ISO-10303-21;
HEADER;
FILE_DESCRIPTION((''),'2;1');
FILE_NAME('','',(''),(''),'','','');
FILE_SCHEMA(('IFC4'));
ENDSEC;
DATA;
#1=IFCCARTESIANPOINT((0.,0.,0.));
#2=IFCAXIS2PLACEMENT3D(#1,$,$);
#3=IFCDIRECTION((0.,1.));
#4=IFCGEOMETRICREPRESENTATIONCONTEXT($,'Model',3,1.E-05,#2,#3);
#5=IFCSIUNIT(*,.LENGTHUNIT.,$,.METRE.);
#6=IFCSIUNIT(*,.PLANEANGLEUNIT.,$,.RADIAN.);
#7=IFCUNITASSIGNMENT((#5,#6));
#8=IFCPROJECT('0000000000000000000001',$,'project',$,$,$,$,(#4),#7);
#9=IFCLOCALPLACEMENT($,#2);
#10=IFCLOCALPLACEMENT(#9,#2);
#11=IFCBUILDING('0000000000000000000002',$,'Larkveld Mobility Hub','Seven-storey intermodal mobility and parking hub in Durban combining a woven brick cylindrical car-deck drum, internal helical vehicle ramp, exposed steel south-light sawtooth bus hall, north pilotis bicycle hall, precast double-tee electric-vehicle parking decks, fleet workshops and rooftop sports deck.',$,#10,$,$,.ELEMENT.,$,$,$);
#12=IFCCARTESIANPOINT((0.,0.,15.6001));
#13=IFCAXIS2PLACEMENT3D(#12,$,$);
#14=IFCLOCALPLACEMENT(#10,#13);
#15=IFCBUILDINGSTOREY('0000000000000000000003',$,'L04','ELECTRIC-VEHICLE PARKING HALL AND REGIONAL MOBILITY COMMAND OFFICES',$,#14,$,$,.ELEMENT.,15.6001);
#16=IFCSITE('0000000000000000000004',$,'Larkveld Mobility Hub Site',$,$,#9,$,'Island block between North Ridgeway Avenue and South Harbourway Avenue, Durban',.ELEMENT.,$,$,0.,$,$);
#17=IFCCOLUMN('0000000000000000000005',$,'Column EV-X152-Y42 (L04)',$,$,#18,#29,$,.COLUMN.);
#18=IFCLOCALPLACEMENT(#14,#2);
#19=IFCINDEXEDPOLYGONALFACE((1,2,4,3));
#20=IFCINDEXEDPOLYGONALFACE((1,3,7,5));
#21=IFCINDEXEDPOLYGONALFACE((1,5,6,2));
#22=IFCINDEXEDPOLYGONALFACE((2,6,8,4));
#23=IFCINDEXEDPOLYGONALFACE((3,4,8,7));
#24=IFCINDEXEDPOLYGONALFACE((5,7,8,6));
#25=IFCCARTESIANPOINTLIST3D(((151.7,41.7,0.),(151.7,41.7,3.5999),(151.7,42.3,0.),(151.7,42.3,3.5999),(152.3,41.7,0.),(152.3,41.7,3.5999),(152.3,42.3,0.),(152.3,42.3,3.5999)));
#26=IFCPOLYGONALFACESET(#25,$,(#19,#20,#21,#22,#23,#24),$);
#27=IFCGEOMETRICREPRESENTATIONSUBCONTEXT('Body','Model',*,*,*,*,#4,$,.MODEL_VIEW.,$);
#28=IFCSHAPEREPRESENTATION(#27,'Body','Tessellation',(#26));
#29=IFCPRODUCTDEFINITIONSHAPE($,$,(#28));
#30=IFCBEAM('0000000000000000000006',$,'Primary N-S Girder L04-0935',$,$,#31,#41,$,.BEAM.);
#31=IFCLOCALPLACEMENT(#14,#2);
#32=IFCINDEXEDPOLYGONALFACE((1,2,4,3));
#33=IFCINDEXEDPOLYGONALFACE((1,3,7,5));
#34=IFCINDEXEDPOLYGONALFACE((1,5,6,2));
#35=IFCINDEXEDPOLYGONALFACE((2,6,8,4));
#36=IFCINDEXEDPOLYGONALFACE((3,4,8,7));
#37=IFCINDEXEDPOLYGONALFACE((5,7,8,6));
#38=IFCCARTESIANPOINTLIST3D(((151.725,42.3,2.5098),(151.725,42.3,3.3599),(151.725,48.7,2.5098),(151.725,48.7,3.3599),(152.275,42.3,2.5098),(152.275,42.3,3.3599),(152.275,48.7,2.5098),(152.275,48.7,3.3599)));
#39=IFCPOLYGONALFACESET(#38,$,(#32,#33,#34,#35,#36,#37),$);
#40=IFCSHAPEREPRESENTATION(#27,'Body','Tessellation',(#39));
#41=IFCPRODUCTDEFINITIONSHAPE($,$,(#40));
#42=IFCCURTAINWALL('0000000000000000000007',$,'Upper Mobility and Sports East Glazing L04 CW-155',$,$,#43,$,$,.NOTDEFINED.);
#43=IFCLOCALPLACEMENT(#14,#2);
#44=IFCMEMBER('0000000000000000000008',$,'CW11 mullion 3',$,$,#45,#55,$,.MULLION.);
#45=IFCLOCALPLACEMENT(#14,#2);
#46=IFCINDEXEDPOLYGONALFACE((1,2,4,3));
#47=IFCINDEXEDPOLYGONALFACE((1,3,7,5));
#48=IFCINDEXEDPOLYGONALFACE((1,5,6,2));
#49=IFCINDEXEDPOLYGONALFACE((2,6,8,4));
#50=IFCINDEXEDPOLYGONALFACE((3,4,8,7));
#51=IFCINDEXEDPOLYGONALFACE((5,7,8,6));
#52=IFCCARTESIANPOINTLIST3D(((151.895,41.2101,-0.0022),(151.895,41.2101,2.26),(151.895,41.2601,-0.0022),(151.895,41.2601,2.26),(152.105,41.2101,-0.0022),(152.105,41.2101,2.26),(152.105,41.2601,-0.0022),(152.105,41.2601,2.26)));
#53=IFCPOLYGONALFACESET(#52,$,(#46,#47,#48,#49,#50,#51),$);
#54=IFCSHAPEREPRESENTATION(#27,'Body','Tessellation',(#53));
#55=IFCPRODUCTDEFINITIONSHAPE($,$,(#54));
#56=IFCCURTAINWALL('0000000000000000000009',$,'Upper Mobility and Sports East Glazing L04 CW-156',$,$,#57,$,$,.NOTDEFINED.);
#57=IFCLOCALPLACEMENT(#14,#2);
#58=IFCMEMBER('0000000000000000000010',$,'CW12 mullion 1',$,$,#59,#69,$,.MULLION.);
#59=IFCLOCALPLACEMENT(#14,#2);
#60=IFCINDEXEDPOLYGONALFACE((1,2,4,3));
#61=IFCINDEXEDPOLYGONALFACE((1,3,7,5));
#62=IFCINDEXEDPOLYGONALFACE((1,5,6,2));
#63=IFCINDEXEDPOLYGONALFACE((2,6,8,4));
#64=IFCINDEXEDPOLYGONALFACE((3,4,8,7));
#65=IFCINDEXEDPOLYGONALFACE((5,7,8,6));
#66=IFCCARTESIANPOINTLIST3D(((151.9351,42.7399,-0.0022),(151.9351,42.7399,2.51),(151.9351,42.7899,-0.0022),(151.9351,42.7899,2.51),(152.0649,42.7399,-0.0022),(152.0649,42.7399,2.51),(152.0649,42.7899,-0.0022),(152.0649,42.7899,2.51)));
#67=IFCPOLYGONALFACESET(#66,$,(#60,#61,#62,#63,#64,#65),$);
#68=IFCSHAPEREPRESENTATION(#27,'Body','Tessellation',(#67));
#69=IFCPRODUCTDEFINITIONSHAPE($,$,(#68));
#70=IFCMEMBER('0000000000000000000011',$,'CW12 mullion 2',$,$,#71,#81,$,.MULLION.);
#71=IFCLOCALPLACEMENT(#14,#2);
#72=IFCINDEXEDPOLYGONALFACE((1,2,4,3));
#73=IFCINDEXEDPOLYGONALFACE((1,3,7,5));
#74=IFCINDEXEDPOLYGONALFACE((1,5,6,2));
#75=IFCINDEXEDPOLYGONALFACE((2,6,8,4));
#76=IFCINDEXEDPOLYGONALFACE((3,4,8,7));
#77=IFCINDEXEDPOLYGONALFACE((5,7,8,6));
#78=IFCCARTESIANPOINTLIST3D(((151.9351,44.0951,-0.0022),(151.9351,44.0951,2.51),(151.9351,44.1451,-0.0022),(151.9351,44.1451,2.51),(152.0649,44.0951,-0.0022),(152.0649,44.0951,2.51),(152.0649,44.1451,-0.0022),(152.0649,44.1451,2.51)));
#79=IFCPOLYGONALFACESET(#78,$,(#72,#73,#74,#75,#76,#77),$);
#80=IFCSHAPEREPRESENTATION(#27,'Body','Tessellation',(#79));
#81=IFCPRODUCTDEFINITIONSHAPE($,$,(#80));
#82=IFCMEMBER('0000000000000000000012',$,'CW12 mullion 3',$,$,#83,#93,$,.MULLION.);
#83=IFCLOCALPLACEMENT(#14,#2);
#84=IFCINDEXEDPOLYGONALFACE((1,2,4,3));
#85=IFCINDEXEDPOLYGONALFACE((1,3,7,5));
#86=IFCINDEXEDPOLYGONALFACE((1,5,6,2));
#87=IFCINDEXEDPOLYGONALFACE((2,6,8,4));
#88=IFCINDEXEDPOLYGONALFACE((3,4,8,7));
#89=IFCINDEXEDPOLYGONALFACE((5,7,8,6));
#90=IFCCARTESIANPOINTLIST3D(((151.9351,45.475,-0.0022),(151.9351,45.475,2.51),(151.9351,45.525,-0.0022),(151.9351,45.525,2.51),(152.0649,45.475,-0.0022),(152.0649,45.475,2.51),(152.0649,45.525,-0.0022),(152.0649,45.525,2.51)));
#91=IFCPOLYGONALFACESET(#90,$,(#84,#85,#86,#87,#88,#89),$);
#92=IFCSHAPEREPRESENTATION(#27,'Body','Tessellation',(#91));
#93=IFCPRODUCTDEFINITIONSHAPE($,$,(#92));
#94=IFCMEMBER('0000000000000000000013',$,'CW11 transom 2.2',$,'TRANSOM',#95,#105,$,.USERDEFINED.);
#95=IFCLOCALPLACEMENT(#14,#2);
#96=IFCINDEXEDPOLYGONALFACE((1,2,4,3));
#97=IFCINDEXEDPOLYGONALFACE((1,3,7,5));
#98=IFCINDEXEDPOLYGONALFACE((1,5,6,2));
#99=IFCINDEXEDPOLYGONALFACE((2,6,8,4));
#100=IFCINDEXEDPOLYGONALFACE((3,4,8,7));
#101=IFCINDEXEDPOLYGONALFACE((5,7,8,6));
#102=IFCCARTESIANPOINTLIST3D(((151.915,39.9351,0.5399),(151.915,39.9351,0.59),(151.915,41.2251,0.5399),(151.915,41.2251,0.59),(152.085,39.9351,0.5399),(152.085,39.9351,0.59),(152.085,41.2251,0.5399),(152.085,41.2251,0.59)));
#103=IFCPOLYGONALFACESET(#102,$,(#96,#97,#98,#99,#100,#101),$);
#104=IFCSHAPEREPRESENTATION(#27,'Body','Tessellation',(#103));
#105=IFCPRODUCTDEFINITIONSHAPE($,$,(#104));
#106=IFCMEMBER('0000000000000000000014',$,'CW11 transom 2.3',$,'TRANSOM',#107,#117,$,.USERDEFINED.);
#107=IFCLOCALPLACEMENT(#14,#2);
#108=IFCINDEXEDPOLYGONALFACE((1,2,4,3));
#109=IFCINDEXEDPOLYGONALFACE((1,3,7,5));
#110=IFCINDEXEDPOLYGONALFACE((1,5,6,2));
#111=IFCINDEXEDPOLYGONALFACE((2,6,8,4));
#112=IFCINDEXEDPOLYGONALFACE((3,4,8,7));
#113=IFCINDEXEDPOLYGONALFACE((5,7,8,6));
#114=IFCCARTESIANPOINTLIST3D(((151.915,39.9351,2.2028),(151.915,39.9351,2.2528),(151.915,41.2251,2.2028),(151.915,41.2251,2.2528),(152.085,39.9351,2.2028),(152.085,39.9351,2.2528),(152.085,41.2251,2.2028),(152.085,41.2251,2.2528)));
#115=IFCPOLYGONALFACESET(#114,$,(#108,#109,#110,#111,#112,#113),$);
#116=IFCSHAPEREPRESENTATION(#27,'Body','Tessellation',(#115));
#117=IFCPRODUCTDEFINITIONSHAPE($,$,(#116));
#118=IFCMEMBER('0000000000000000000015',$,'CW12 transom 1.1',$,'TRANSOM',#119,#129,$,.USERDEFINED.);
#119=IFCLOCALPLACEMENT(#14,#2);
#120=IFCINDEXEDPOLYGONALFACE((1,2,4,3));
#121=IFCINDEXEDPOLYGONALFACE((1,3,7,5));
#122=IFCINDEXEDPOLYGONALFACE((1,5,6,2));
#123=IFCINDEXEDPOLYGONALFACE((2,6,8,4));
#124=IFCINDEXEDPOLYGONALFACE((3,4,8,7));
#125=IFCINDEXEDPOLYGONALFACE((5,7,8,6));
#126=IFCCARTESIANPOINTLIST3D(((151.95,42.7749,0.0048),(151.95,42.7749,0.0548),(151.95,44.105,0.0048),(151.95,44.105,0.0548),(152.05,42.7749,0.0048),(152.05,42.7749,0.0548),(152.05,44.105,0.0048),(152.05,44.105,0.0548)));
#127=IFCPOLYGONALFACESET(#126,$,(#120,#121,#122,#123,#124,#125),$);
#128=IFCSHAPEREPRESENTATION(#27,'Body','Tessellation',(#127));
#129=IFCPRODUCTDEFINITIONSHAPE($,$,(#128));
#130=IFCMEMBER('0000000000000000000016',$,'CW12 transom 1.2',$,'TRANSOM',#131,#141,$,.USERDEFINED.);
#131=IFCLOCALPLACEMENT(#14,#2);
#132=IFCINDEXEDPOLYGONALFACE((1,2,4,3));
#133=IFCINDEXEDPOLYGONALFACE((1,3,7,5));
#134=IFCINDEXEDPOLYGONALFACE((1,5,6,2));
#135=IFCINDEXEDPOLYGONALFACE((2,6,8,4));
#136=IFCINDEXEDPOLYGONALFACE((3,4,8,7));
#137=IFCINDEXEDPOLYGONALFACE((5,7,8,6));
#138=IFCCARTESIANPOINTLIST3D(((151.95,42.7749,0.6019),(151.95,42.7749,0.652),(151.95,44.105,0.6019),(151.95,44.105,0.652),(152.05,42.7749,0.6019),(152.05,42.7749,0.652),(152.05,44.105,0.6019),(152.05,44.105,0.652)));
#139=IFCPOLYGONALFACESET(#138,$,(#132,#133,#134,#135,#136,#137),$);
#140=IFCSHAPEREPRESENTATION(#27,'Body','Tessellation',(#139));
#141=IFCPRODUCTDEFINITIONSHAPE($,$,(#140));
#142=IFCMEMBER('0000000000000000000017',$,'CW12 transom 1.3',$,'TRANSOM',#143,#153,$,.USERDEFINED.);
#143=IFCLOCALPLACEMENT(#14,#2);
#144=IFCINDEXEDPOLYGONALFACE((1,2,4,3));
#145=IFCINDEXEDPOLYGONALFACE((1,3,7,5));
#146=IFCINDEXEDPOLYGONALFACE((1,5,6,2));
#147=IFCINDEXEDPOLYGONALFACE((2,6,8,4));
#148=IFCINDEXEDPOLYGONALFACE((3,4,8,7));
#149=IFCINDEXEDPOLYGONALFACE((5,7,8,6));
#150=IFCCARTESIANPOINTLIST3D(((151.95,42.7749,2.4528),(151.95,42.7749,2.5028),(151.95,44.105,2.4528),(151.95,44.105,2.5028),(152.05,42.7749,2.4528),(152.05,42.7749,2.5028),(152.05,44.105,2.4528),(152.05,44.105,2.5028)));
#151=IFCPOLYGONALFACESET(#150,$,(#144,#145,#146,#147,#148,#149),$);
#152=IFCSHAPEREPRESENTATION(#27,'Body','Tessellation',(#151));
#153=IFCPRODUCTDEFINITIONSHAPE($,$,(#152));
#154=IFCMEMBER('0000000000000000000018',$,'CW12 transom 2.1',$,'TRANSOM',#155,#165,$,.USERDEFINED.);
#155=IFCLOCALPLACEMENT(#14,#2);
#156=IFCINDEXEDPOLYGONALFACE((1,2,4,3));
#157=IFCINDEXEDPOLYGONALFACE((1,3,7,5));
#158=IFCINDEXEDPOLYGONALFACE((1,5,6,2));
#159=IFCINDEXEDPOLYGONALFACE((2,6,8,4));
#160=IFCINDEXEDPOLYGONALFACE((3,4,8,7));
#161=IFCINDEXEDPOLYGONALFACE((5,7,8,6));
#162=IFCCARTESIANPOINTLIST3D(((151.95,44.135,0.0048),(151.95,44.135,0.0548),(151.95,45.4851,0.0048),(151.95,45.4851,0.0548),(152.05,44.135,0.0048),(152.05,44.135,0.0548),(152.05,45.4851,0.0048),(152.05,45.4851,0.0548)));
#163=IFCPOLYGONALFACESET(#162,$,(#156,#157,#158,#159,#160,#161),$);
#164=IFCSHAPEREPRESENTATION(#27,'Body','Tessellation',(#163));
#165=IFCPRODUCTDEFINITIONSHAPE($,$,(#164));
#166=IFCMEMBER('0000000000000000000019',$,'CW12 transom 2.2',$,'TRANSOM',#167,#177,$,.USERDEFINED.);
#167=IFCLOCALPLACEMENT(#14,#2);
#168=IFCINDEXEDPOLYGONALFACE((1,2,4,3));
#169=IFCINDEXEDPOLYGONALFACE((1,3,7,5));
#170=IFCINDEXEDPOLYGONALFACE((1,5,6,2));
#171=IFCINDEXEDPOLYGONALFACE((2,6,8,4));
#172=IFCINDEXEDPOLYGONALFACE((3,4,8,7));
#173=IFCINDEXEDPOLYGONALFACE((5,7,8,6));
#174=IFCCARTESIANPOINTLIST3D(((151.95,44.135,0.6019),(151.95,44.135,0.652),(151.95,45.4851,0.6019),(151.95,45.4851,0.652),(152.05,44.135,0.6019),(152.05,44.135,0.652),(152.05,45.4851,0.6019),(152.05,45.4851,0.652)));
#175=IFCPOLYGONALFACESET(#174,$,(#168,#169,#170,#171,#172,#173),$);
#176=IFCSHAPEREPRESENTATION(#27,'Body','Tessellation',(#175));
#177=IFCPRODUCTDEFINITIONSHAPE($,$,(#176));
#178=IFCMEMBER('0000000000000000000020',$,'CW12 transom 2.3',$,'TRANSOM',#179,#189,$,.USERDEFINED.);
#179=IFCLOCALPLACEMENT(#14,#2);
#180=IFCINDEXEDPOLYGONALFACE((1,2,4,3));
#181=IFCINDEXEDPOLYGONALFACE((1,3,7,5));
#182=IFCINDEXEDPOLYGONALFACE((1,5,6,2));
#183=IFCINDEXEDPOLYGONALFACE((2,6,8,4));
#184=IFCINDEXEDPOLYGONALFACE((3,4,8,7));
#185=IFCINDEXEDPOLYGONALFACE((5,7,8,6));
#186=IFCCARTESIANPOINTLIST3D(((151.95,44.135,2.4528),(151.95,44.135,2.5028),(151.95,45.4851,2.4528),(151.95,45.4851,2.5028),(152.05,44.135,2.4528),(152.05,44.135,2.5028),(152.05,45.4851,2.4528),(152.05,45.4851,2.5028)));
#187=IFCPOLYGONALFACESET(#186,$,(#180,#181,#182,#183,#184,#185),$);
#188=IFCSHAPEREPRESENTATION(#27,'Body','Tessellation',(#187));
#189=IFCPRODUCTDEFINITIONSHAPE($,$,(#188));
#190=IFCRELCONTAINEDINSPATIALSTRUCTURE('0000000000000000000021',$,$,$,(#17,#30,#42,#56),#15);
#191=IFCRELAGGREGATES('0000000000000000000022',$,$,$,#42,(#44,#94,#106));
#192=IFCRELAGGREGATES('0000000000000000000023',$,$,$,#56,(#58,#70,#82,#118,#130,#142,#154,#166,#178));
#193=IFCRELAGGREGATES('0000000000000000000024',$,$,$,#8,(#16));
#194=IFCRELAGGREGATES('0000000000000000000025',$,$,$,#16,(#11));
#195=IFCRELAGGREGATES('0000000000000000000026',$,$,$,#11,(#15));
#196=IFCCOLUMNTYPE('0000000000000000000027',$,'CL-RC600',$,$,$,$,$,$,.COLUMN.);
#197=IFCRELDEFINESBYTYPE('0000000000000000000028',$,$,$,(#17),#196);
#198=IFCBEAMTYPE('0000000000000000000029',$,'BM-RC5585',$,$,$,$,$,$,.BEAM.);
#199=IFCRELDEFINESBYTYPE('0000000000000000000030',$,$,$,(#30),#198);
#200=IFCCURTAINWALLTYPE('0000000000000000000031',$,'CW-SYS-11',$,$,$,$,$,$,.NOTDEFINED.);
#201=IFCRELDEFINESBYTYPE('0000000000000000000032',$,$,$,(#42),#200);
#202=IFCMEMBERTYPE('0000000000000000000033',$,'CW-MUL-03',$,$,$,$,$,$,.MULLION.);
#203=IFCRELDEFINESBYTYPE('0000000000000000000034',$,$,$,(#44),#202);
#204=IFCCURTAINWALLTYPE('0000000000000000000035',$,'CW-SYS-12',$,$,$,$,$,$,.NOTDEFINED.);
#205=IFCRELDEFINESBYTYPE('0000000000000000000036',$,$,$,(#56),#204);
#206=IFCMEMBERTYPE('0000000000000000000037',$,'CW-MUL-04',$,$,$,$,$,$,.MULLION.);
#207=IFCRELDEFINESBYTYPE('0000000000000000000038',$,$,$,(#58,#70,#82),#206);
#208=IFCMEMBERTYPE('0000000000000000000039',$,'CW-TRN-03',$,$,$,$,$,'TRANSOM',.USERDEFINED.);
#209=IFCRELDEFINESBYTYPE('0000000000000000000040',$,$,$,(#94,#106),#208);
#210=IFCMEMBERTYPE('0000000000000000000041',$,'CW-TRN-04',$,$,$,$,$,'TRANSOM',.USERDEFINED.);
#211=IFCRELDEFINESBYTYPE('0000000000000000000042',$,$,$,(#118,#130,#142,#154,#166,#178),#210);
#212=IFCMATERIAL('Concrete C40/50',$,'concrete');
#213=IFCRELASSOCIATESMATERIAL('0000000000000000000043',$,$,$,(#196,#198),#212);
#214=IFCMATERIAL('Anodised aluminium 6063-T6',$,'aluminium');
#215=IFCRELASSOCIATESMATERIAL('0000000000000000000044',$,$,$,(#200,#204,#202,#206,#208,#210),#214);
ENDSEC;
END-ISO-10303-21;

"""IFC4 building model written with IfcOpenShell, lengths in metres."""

from ifc_helpers import new_model, si_unit, direction, frame, origin, origin_2d, place, context, subcontext, project, spatial, rectangle, extrude, material, material_profile, profile_set, type_object, element, aggregate, save


model = new_model("IFC4")

# Units and contexts
model_context = context("Model", 3, precision=1e-05, world=origin(), true_north=direction((0.0, 1.0)))
body_context = subcontext(model_context, "Body", "Model", "MODEL_VIEW")
ifc_project = project(units=[si_unit("LENGTHUNIT", "METRE"), si_unit("PLANEANGLEUNIT", "RADIAN")], contexts=[model_context])

# Site, building, storey
site_placement = place(None, origin())
site = spatial("IfcSite", under=ifc_project, at=site_placement, Name="Larkveld Mobility Hub Site", LongName="Island block between North Ridgeway Avenue and South Harbourway Avenue, Durban", CompositionType="ELEMENT", RefElevation=0.0)
building_placement = place(site_placement, origin())
building = spatial("IfcBuilding", under=site, at=building_placement, Name="Larkveld Mobility Hub", Description="Seven-storey intermodal mobility and parking hub in Durban combining a woven brick cylindrical car-deck drum, internal helical vehicle ramp, exposed steel south-light sawtooth bus hall, north pilotis bicycle hall, precast double-tee electric-vehicle parking decks, fleet workshops and rooftop sports deck.", CompositionType="ELEMENT")
storey_placement = place(building_placement, frame((0.0, 0.0, 15.6001)))
storey = spatial("IfcBuildingStorey", under=building, at=storey_placement, Name="L04", Description="ELECTRIC-VEHICLE PARKING HALL AND REGIONAL MOBILITY COMMAND OFFICES", CompositionType="ELEMENT", Elevation=15.6001)

# Column
ifc_material_1 = material(Name="Concrete C40/50", Category="concrete")
ifc_material_profile_1 = material_profile(ifc_material_1, rectangle(XDim=0.6001, YDim=0.6001, at=origin_2d()), Name="RC COL 600x600")
ifc_profile_set_1 = profile_set([ifc_material_profile_1], Name="Concrete C40/50")
column_type = type_object("IfcColumnType", Name="CL-RC600", PredefinedType="COLUMN", material=ifc_profile_set_1)
column_placement = place(storey_placement, frame((152.0, 42.0, 0.0), z_axis=(0.0, 0.0, 1.0), x_axis=(1.0, 0.0, 0.0)))
element("IfcColumn", 1, at=column_placement, inside=storey, type_object=column_type, Name="Column EV-X152-Y42 (L04)", PredefinedType="COLUMN", context=body_context, shape_type="SweptSolid", body=[
    extrude(rectangle(XDim=0.6001, YDim=0.6001, at=origin_2d()), origin(), (0.0, 0.0, 1.0), 3.5999),
])

# Beam
ifc_material_profile_2 = material_profile(ifc_material_1, rectangle(XDim=0.55, YDim=0.8501, at=origin_2d()), Name="RC BM 550x850")
ifc_profile_set_2 = profile_set([ifc_material_profile_2], Name="Concrete C40/50")
beam_type = type_object("IfcBeamType", Name="BM-RC5585", PredefinedType="BEAM", material=ifc_profile_set_2)
beam_placement = place(storey_placement, frame((152.0, 42.3, 2.9348), z_axis=(0.0, 1.0, 0.0), x_axis=(-1.0, 0.0, 0.0)))
element("IfcBeam", 2, at=beam_placement, inside=storey, type_object=beam_type, Name="Primary N-S Girder L04-0935", PredefinedType="BEAM", context=body_context, shape_type="SweptSolid", body=[
    extrude(rectangle(XDim=0.55, YDim=0.8501, at=origin_2d()), origin(), (0.0, 0.0, 1.0), 6.3999),
])

# Curtain wall, member
ifc_material_2 = material(Name="Anodised aluminium 6063-T6", Category="aluminium")
curtain_wall_type_1 = type_object("IfcCurtainWallType", Name="CW-SYS-11", PredefinedType="NOTDEFINED", material=ifc_material_2)
curtain_wall_1_placement = place(storey_placement, origin())
curtain_wall_1 = element("IfcCurtainWall", 3, at=curtain_wall_1_placement, inside=storey, type_object=curtain_wall_type_1, Name="Upper Mobility and Sports East Glazing L04 CW-155", PredefinedType="NOTDEFINED")
ifc_material_profile_3 = material_profile(ifc_material_2, rectangle(XDim=0.05, YDim=0.21, at=origin_2d()), Name="ALU MULL 50x210")
ifc_profile_set_3 = profile_set([ifc_material_profile_3], Name="Anodised aluminium 6063-T6")
member_type_1 = type_object("IfcMemberType", Name="CW-MUL-03", PredefinedType="MULLION", material=ifc_profile_set_3)
member_1_placement = place(storey_placement, frame((152.0, 41.2351, -0.0022), z_axis=(0.0, 0.0, 1.0), x_axis=(0.0, 1.0, 0.0)))
member_1 = element("IfcMember", 4, at=member_1_placement, type_object=member_type_1, Name="CW11 mullion 3", PredefinedType="MULLION", context=body_context, shape_type="SweptSolid", body=[
    extrude(rectangle(XDim=0.05, YDim=0.21, at=origin_2d()), origin(), (0.0, 0.0, 1.0), 2.2622),
])

# Curtain wall, members
curtain_wall_type_2 = type_object("IfcCurtainWallType", Name="CW-SYS-12", PredefinedType="NOTDEFINED", material=ifc_material_2)
curtain_wall_2_placement = place(storey_placement, origin())
curtain_wall_2 = element("IfcCurtainWall", 5, at=curtain_wall_2_placement, inside=storey, type_object=curtain_wall_type_2, Name="Upper Mobility and Sports East Glazing L04 CW-156", PredefinedType="NOTDEFINED")
ifc_material_profile_4 = material_profile(ifc_material_2, rectangle(XDim=0.05, YDim=0.1299, at=origin_2d()), Name="ALU MULL 50x130")
ifc_profile_set_4 = profile_set([ifc_material_profile_4], Name="Anodised aluminium 6063-T6")
member_type_2 = type_object("IfcMemberType", Name="CW-MUL-04", PredefinedType="MULLION", material=ifc_profile_set_4)
member_2_placement = place(storey_placement, frame((152.0, 42.7649, -0.0022), z_axis=(0.0, 0.0, 1.0), x_axis=(0.0, 1.0, 0.0)))
member_2 = element("IfcMember", 6, at=member_2_placement, type_object=member_type_2, Name="CW12 mullion 1", PredefinedType="MULLION", context=body_context, shape_type="SweptSolid", body=[
    extrude(rectangle(XDim=0.05, YDim=0.1299, at=origin_2d()), origin(), (0.0, 0.0, 1.0), 2.5122),
])
member_3_placement = place(storey_placement, frame((152.0, 44.1201, -0.0022), z_axis=(0.0, 0.0, 1.0), x_axis=(0.0, 1.0, 0.0)))
member_3 = element("IfcMember", 7, at=member_3_placement, type_object=member_type_2, Name="CW12 mullion 2", PredefinedType="MULLION", context=body_context, shape_type="SweptSolid", body=[
    extrude(rectangle(XDim=0.05, YDim=0.1299, at=origin_2d()), origin(), (0.0, 0.0, 1.0), 2.5122),
])
member_4_placement = place(storey_placement, frame((152.0, 45.5, -0.0022), z_axis=(0.0, 0.0, 1.0), x_axis=(0.0, 1.0, 0.0)))
member_4 = element("IfcMember", 8, at=member_4_placement, type_object=member_type_2, Name="CW12 mullion 3", PredefinedType="MULLION", context=body_context, shape_type="SweptSolid", body=[
    extrude(rectangle(XDim=0.05, YDim=0.1299, at=origin_2d()), origin(), (0.0, 0.0, 1.0), 2.5122),
])

# Members
ifc_material_profile_5 = material_profile(ifc_material_2, rectangle(XDim=0.1699, YDim=0.05, at=origin_2d()), Name="ALU TRAN 50x170")
ifc_profile_set_5 = profile_set([ifc_material_profile_5], Name="Anodised aluminium 6063-T6")
member_type_3 = type_object("IfcMemberType", Name="CW-TRN-03", ElementType="TRANSOM", PredefinedType="USERDEFINED", material=ifc_profile_set_5)
member_5_placement = place(storey_placement, frame((152.0, 39.9351, 0.5649), z_axis=(0.0, 1.0, 0.0), x_axis=(-1.0, 0.0, 0.0)))
member_5 = element("IfcMember", 9, at=member_5_placement, type_object=member_type_3, Name="CW11 transom 2.2", ObjectType="TRANSOM", PredefinedType="USERDEFINED", context=body_context, shape_type="SweptSolid", body=[
    extrude(rectangle(XDim=0.1699, YDim=0.05, at=origin_2d()), origin(), (0.0, 0.0, 1.0), 1.29),
])
member_6_placement = place(storey_placement, frame((152.0, 39.9351, 2.2278), z_axis=(0.0, 1.0, 0.0), x_axis=(-1.0, 0.0, 0.0)))
member_6 = element("IfcMember", 10, at=member_6_placement, type_object=member_type_3, Name="CW11 transom 2.3", ObjectType="TRANSOM", PredefinedType="USERDEFINED", context=body_context, shape_type="SweptSolid", body=[
    extrude(rectangle(XDim=0.1699, YDim=0.05, at=origin_2d()), origin(), (0.0, 0.0, 1.0), 1.29),
])
ifc_material_profile_6 = material_profile(ifc_material_2, rectangle(XDim=0.1001, YDim=0.05, at=origin_2d()), Name="ALU TRAN 50x100")
ifc_profile_set_6 = profile_set([ifc_material_profile_6], Name="Anodised aluminium 6063-T6")
member_type_4 = type_object("IfcMemberType", Name="CW-TRN-04", ElementType="TRANSOM", PredefinedType="USERDEFINED", material=ifc_profile_set_6)
member_7_placement = place(storey_placement, frame((152.0, 42.7749, 0.0298), z_axis=(0.0, 1.0, 0.0), x_axis=(-1.0, 0.0, 0.0)))
member_7 = element("IfcMember", 11, at=member_7_placement, type_object=member_type_4, Name="CW12 transom 1.1", ObjectType="TRANSOM", PredefinedType="USERDEFINED", context=body_context, shape_type="SweptSolid", body=[
    extrude(rectangle(XDim=0.1001, YDim=0.05, at=origin_2d()), origin(), (0.0, 0.0, 1.0), 1.3301),
])
member_8_placement = place(storey_placement, frame((152.0, 42.7749, 0.627), z_axis=(0.0, 1.0, 0.0), x_axis=(-1.0, 0.0, 0.0)))
member_8 = element("IfcMember", 12, at=member_8_placement, type_object=member_type_4, Name="CW12 transom 1.2", ObjectType="TRANSOM", PredefinedType="USERDEFINED", context=body_context, shape_type="SweptSolid", body=[
    extrude(rectangle(XDim=0.1001, YDim=0.05, at=origin_2d()), origin(), (0.0, 0.0, 1.0), 1.3301),
])
member_9_placement = place(storey_placement, frame((152.0, 42.7749, 2.4778), z_axis=(0.0, 1.0, 0.0), x_axis=(-1.0, 0.0, 0.0)))
member_9 = element("IfcMember", 13, at=member_9_placement, type_object=member_type_4, Name="CW12 transom 1.3", ObjectType="TRANSOM", PredefinedType="USERDEFINED", context=body_context, shape_type="SweptSolid", body=[
    extrude(rectangle(XDim=0.1001, YDim=0.05, at=origin_2d()), origin(), (0.0, 0.0, 1.0), 1.3301),
])
member_10_placement = place(storey_placement, frame((152.0, 44.135, 0.0298), z_axis=(0.0, 1.0, 0.0), x_axis=(-1.0, 0.0, 0.0)))
member_10 = element("IfcMember", 14, at=member_10_placement, type_object=member_type_4, Name="CW12 transom 2.1", ObjectType="TRANSOM", PredefinedType="USERDEFINED", context=body_context, shape_type="SweptSolid", body=[
    extrude(rectangle(XDim=0.1001, YDim=0.05, at=origin_2d()), origin(), (0.0, 0.0, 1.0), 1.3501),
])
member_11_placement = place(storey_placement, frame((152.0, 44.135, 0.627), z_axis=(0.0, 1.0, 0.0), x_axis=(-1.0, 0.0, 0.0)))
member_11 = element("IfcMember", 15, at=member_11_placement, type_object=member_type_4, Name="CW12 transom 2.2", ObjectType="TRANSOM", PredefinedType="USERDEFINED", context=body_context, shape_type="SweptSolid", body=[
    extrude(rectangle(XDim=0.1001, YDim=0.05, at=origin_2d()), origin(), (0.0, 0.0, 1.0), 1.3501),
])
member_12_placement = place(storey_placement, frame((152.0, 44.135, 2.4778), z_axis=(0.0, 1.0, 0.0), x_axis=(-1.0, 0.0, 0.0)))
member_12 = element("IfcMember", 16, at=member_12_placement, type_object=member_type_4, Name="CW12 transom 2.3", ObjectType="TRANSOM", PredefinedType="USERDEFINED", context=body_context, shape_type="SweptSolid", body=[
    extrude(rectangle(XDim=0.1001, YDim=0.05, at=origin_2d()), origin(), (0.0, 0.0, 1.0), 1.3501),
])

aggregate(curtain_wall_1, [member_1, member_5, member_6])
aggregate(curtain_wall_2, [member_2, member_3, member_4, member_7, member_8, member_9, member_10, member_11, member_12])

save(model, "model.ifc")
